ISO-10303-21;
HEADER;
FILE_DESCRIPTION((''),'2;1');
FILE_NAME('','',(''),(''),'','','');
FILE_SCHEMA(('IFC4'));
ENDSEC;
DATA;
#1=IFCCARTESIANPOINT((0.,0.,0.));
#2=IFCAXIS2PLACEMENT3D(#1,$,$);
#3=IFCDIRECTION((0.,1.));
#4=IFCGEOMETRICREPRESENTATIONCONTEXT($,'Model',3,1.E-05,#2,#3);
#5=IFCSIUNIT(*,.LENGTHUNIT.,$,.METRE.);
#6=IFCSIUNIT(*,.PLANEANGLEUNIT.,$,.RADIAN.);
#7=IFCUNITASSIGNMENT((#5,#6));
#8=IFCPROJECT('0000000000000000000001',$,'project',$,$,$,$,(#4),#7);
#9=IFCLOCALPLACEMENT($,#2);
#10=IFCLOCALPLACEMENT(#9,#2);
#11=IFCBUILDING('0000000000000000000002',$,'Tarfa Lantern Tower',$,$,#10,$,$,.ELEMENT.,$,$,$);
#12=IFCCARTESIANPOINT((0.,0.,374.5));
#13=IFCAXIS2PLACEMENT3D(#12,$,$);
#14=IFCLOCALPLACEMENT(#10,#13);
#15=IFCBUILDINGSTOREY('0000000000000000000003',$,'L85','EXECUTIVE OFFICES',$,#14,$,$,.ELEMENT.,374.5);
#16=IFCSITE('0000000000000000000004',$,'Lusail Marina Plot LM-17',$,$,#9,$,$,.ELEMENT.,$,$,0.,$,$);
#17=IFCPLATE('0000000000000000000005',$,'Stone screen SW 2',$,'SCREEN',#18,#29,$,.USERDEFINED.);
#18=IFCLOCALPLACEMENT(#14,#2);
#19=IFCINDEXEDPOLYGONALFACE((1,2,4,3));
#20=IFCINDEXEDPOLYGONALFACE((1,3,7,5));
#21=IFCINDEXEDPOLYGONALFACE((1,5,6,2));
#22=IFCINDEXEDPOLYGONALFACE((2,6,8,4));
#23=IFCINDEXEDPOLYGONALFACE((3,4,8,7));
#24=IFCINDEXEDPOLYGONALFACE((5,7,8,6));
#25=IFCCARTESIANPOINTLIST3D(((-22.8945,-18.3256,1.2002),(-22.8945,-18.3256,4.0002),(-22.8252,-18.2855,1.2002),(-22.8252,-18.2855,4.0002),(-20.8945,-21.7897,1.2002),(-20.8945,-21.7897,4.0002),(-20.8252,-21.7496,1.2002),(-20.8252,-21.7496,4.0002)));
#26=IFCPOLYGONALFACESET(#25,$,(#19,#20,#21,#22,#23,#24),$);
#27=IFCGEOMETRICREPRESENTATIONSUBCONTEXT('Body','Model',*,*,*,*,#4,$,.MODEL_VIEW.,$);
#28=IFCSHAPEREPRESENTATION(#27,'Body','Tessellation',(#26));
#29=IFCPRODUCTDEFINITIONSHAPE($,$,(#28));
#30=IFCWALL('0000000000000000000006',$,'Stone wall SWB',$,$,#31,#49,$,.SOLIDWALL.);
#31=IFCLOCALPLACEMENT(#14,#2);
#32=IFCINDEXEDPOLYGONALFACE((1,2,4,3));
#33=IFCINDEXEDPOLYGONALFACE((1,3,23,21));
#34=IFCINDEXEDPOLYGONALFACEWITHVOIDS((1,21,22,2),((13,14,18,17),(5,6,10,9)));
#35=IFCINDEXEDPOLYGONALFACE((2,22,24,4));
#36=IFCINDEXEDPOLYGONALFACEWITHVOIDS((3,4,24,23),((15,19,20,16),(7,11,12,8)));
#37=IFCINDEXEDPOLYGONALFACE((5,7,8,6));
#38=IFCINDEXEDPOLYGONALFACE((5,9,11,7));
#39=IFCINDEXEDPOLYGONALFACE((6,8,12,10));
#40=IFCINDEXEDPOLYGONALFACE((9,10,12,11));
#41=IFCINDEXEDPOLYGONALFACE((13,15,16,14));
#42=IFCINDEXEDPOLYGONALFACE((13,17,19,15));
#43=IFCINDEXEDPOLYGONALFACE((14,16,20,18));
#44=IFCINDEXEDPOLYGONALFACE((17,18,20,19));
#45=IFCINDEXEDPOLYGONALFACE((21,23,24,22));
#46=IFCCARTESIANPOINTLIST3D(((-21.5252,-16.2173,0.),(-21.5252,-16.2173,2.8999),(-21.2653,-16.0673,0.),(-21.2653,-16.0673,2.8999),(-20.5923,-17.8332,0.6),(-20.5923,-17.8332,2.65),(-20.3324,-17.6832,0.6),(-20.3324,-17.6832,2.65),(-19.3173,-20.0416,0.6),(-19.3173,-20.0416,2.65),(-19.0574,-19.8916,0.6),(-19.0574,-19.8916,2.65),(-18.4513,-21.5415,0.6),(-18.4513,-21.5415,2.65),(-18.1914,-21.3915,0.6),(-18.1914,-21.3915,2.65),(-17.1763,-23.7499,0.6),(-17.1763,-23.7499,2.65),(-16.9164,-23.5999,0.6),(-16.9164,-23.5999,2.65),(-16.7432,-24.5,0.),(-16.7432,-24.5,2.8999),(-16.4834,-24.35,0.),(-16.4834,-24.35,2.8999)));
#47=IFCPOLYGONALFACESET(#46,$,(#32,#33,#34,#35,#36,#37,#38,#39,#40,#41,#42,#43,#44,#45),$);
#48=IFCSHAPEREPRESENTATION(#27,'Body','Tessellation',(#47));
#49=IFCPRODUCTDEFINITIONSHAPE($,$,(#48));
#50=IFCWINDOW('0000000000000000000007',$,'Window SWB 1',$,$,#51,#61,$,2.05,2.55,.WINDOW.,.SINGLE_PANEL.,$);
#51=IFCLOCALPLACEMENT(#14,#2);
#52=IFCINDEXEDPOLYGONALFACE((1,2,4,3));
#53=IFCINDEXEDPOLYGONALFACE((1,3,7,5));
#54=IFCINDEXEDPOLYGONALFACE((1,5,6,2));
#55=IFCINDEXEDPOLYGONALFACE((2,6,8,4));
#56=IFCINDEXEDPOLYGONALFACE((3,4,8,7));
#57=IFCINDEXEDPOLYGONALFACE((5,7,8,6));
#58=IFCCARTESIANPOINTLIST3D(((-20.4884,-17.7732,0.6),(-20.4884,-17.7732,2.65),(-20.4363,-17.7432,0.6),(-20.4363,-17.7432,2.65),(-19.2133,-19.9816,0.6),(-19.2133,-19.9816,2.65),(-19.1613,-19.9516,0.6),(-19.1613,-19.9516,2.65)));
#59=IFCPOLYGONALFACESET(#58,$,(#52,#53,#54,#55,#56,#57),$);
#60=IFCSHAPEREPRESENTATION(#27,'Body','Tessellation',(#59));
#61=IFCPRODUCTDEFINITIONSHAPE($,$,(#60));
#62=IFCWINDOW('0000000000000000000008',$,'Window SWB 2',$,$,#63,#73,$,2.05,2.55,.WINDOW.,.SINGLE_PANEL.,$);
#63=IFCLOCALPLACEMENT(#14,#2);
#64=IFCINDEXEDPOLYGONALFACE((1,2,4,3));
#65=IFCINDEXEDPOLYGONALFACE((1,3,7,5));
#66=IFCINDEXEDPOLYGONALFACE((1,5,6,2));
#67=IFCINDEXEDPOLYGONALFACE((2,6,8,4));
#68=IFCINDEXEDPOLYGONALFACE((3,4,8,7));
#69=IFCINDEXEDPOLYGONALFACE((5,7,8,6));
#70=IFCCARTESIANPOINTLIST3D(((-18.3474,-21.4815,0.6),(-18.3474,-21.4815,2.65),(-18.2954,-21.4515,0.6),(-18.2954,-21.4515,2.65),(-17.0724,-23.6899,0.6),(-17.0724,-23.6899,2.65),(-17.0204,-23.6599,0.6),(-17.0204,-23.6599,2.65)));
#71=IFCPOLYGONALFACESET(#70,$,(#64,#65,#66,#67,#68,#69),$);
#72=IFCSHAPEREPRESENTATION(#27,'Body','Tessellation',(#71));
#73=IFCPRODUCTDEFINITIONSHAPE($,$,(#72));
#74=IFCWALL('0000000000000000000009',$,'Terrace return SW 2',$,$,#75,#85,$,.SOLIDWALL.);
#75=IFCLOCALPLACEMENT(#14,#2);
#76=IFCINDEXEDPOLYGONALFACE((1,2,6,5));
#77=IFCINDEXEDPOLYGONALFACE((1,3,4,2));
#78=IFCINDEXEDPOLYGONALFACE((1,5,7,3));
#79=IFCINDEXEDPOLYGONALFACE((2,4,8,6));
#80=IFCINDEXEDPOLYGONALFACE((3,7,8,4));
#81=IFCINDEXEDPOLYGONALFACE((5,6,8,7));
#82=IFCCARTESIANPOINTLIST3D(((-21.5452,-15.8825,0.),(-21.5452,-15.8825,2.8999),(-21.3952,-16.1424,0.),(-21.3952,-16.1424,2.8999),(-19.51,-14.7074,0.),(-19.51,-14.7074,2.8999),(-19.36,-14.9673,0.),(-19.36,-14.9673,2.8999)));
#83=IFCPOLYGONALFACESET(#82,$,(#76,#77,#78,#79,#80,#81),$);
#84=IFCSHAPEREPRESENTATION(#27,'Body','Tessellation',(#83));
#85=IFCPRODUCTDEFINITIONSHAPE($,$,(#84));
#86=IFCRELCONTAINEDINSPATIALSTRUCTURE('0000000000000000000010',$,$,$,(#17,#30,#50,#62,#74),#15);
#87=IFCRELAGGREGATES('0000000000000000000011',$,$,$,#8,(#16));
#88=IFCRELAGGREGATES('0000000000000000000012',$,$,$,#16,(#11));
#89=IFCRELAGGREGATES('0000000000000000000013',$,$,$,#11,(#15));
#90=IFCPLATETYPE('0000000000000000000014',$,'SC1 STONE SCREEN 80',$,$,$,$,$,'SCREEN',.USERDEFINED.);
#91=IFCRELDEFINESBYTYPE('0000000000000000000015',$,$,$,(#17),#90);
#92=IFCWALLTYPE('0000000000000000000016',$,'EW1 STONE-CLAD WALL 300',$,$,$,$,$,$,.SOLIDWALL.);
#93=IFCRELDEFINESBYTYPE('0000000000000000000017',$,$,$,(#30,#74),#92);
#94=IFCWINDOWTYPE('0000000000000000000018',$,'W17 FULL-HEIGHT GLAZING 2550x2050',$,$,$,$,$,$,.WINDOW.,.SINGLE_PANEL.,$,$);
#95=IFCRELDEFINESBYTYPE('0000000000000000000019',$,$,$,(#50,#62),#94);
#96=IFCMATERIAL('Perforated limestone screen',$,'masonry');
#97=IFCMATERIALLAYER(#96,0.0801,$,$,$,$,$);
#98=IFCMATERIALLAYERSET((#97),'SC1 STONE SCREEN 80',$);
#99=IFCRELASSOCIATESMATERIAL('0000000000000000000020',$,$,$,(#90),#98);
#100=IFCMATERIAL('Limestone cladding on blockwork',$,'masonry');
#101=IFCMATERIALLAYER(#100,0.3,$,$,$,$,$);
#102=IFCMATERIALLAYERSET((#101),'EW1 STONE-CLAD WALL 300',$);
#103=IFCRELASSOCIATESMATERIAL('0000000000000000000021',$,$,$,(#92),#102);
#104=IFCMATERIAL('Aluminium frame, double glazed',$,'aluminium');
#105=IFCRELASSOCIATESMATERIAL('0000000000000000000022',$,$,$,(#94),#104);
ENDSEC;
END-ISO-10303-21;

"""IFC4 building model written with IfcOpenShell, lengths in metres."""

from ifc_helpers import new_model, si_unit, direction, frame, frame_2d, origin, origin_2d, place, context, subcontext, project, spatial, rectangle, extrude, material, layer, layer_set, type_object, element, fill, save


model = new_model("IFC4")

# Units and contexts
model_context = context("Model", 3, precision=1e-05, world=origin(), true_north=direction((0.0, 1.0)))
body_context = subcontext(model_context, "Body", "Model", "MODEL_VIEW")
ifc_project = project(units=[si_unit("LENGTHUNIT", "METRE"), si_unit("PLANEANGLEUNIT", "RADIAN")], contexts=[model_context])

# Site, building, storey
site_placement = place(None, origin())
site = spatial("IfcSite", under=ifc_project, at=site_placement, Name="Lusail Marina Plot LM-17", CompositionType="ELEMENT", RefElevation=0.0)
building_placement = place(site_placement, origin())
building = spatial("IfcBuilding", under=site, at=building_placement, Name="Tarfa Lantern Tower", CompositionType="ELEMENT")
storey_placement = place(building_placement, frame((0.0, 0.0, 374.5)))
storey = spatial("IfcBuildingStorey", under=building, at=storey_placement, Name="L85", Description="EXECUTIVE OFFICES", CompositionType="ELEMENT", Elevation=374.5)

# Plate
ifc_material_1 = material(Name="Perforated limestone screen", Category="masonry")
ifc_layer_1 = layer(ifc_material_1, 0.0801)
ifc_layer_set_1 = layer_set([ifc_layer_1], Name="SC1 STONE SCREEN 80")
plate_type_1 = type_object("IfcPlateType", Name="SC1 STONE SCREEN 80", ElementType="SCREEN", PredefinedType="USERDEFINED", material=ifc_layer_set_1)
plate_1_placement = place(storey_placement, frame((-21.8599, -20.0376, 1.2002), z_axis=(0.0, 0.0, 1.0), x_axis=(0.5, -0.866025, 0.0)))
element("IfcPlate", 1, at=plate_1_placement, inside=storey, type_object=plate_type_1, Name="Stone screen SW 2", ObjectType="SCREEN", PredefinedType="USERDEFINED", context=body_context, shape_type="SweptSolid", body=[
    extrude(rectangle(XDim=4.0, YDim=0.0801, at=origin_2d()), origin(), (0.0, 0.0, 1.0), 2.8),
])

# Wall, openings, windows
ifc_material_2 = material(Name="Limestone cladding on blockwork", Category="masonry")
ifc_layer_2 = layer(ifc_material_2, 0.3)
ifc_layer_set_2 = layer_set([ifc_layer_2], Name="EW1 STONE-CLAD WALL 300")
wall_type = type_object("IfcWallType", Name="EW1 STONE-CLAD WALL 300", PredefinedType="SOLIDWALL", material=ifc_layer_set_2)
wall_1_placement = place(storey_placement, frame((-21.3953, -16.1423, 0.0), z_axis=(0.0, 0.0, 1.0), x_axis=(0.499996, -0.866027, 0.0)))
wall_1 = element("IfcWall", 2, at=wall_1_placement, inside=storey, type_object=wall_type, Name="Stone wall SWB", PredefinedType="SOLIDWALL", context=body_context, shape_type="SweptSolid", body=[
    extrude(rectangle(XDim=9.564, YDim=0.3, at=frame_2d((4.782, 0.0))), origin(), (0.0, 0.0, 1.0), 2.8999),
])
opening_1_placement = place(wall_1_placement, frame((1.866, 0.0, 0.6001)))
opening_1 = element("IfcOpeningElement", 3, at=opening_1_placement, cuts=wall_1, PredefinedType="OPENING", context=body_context, shape_type="SweptSolid", body=[
    extrude(rectangle(XDim=2.55, YDim=2.05, at=frame_2d((1.2749, 1.0249))), frame((0.0, 0.1599, 0.0), z_axis=(0.0, -1.0, 0.0), x_axis=(1.0, 0.0, 0.0)), (0.0, 0.0, 1.0), 0.3201),
])
opening_2_placement = place(wall_1_placement, frame((6.1479, 0.0, 0.6001)))
opening_2 = element("IfcOpeningElement", 4, at=opening_2_placement, cuts=wall_1, PredefinedType="OPENING", context=body_context, shape_type="SweptSolid", body=[
    extrude(rectangle(XDim=2.55, YDim=2.05, at=frame_2d((1.2749, 1.0249))), frame((0.0, 0.1599, 0.0), z_axis=(0.0, -1.0, 0.0), x_axis=(1.0, 0.0, 0.0)), (0.0, 0.0, 1.0), 0.3201),
])
ifc_material_3 = material(Name="Aluminium frame, double glazed", Category="aluminium")
window_type = type_object("IfcWindowType", Name="W17 FULL-HEIGHT GLAZING 2550x2050", PartitioningType="SINGLE_PANEL", PredefinedType="WINDOW", material=ifc_material_3)
window_1_placement = place(opening_1_placement, origin())
window_1 = element("IfcWindow", 5, at=window_1_placement, inside=storey, type_object=window_type, Name="Window SWB 1", OverallHeight=2.05, OverallWidth=2.55, PartitioningType="SINGLE_PANEL", PredefinedType="WINDOW", context=body_context, shape_type="SweptSolid", body=[
    extrude(rectangle(XDim=2.55, YDim=2.05, at=frame_2d((1.2749, 1.0249))), frame((0.0, 0.03, 0.0), z_axis=(0.0, -1.0, 0.0), x_axis=(1.0, 0.0, 0.0)), (0.0, 0.0, 1.0), 0.0601),
])
fill(opening_1, window_1)
window_2_placement = place(opening_2_placement, origin())
window_2 = element("IfcWindow", 6, at=window_2_placement, inside=storey, type_object=window_type, Name="Window SWB 2", OverallHeight=2.05, OverallWidth=2.55, PartitioningType="SINGLE_PANEL", PredefinedType="WINDOW", context=body_context, shape_type="SweptSolid", body=[
    extrude(rectangle(XDim=2.55, YDim=2.05, at=frame_2d((1.2749, 1.0249))), frame((0.0, 0.03, 0.0), z_axis=(0.0, -1.0, 0.0), x_axis=(1.0, 0.0, 0.0)), (0.0, 0.0, 1.0), 0.0601),
])
fill(opening_2, window_2)

# Wall
wall_2_placement = place(storey_placement, frame((-21.4702, -16.0125, 0.0), z_axis=(0.0, 0.0, 1.0), x_axis=(0.866016, 0.500016, 0.0)))
element("IfcWall", 7, at=wall_2_placement, inside=storey, type_object=wall_type, Name="Terrace return SW 2", PredefinedType="SOLIDWALL", context=body_context, shape_type="SweptSolid", body=[
    extrude(rectangle(XDim=2.3501, YDim=0.3, at=frame_2d((1.175, 0.0))), origin(), (0.0, 0.0, 1.0), 2.8999),
])

save(model, "model.ifc")
